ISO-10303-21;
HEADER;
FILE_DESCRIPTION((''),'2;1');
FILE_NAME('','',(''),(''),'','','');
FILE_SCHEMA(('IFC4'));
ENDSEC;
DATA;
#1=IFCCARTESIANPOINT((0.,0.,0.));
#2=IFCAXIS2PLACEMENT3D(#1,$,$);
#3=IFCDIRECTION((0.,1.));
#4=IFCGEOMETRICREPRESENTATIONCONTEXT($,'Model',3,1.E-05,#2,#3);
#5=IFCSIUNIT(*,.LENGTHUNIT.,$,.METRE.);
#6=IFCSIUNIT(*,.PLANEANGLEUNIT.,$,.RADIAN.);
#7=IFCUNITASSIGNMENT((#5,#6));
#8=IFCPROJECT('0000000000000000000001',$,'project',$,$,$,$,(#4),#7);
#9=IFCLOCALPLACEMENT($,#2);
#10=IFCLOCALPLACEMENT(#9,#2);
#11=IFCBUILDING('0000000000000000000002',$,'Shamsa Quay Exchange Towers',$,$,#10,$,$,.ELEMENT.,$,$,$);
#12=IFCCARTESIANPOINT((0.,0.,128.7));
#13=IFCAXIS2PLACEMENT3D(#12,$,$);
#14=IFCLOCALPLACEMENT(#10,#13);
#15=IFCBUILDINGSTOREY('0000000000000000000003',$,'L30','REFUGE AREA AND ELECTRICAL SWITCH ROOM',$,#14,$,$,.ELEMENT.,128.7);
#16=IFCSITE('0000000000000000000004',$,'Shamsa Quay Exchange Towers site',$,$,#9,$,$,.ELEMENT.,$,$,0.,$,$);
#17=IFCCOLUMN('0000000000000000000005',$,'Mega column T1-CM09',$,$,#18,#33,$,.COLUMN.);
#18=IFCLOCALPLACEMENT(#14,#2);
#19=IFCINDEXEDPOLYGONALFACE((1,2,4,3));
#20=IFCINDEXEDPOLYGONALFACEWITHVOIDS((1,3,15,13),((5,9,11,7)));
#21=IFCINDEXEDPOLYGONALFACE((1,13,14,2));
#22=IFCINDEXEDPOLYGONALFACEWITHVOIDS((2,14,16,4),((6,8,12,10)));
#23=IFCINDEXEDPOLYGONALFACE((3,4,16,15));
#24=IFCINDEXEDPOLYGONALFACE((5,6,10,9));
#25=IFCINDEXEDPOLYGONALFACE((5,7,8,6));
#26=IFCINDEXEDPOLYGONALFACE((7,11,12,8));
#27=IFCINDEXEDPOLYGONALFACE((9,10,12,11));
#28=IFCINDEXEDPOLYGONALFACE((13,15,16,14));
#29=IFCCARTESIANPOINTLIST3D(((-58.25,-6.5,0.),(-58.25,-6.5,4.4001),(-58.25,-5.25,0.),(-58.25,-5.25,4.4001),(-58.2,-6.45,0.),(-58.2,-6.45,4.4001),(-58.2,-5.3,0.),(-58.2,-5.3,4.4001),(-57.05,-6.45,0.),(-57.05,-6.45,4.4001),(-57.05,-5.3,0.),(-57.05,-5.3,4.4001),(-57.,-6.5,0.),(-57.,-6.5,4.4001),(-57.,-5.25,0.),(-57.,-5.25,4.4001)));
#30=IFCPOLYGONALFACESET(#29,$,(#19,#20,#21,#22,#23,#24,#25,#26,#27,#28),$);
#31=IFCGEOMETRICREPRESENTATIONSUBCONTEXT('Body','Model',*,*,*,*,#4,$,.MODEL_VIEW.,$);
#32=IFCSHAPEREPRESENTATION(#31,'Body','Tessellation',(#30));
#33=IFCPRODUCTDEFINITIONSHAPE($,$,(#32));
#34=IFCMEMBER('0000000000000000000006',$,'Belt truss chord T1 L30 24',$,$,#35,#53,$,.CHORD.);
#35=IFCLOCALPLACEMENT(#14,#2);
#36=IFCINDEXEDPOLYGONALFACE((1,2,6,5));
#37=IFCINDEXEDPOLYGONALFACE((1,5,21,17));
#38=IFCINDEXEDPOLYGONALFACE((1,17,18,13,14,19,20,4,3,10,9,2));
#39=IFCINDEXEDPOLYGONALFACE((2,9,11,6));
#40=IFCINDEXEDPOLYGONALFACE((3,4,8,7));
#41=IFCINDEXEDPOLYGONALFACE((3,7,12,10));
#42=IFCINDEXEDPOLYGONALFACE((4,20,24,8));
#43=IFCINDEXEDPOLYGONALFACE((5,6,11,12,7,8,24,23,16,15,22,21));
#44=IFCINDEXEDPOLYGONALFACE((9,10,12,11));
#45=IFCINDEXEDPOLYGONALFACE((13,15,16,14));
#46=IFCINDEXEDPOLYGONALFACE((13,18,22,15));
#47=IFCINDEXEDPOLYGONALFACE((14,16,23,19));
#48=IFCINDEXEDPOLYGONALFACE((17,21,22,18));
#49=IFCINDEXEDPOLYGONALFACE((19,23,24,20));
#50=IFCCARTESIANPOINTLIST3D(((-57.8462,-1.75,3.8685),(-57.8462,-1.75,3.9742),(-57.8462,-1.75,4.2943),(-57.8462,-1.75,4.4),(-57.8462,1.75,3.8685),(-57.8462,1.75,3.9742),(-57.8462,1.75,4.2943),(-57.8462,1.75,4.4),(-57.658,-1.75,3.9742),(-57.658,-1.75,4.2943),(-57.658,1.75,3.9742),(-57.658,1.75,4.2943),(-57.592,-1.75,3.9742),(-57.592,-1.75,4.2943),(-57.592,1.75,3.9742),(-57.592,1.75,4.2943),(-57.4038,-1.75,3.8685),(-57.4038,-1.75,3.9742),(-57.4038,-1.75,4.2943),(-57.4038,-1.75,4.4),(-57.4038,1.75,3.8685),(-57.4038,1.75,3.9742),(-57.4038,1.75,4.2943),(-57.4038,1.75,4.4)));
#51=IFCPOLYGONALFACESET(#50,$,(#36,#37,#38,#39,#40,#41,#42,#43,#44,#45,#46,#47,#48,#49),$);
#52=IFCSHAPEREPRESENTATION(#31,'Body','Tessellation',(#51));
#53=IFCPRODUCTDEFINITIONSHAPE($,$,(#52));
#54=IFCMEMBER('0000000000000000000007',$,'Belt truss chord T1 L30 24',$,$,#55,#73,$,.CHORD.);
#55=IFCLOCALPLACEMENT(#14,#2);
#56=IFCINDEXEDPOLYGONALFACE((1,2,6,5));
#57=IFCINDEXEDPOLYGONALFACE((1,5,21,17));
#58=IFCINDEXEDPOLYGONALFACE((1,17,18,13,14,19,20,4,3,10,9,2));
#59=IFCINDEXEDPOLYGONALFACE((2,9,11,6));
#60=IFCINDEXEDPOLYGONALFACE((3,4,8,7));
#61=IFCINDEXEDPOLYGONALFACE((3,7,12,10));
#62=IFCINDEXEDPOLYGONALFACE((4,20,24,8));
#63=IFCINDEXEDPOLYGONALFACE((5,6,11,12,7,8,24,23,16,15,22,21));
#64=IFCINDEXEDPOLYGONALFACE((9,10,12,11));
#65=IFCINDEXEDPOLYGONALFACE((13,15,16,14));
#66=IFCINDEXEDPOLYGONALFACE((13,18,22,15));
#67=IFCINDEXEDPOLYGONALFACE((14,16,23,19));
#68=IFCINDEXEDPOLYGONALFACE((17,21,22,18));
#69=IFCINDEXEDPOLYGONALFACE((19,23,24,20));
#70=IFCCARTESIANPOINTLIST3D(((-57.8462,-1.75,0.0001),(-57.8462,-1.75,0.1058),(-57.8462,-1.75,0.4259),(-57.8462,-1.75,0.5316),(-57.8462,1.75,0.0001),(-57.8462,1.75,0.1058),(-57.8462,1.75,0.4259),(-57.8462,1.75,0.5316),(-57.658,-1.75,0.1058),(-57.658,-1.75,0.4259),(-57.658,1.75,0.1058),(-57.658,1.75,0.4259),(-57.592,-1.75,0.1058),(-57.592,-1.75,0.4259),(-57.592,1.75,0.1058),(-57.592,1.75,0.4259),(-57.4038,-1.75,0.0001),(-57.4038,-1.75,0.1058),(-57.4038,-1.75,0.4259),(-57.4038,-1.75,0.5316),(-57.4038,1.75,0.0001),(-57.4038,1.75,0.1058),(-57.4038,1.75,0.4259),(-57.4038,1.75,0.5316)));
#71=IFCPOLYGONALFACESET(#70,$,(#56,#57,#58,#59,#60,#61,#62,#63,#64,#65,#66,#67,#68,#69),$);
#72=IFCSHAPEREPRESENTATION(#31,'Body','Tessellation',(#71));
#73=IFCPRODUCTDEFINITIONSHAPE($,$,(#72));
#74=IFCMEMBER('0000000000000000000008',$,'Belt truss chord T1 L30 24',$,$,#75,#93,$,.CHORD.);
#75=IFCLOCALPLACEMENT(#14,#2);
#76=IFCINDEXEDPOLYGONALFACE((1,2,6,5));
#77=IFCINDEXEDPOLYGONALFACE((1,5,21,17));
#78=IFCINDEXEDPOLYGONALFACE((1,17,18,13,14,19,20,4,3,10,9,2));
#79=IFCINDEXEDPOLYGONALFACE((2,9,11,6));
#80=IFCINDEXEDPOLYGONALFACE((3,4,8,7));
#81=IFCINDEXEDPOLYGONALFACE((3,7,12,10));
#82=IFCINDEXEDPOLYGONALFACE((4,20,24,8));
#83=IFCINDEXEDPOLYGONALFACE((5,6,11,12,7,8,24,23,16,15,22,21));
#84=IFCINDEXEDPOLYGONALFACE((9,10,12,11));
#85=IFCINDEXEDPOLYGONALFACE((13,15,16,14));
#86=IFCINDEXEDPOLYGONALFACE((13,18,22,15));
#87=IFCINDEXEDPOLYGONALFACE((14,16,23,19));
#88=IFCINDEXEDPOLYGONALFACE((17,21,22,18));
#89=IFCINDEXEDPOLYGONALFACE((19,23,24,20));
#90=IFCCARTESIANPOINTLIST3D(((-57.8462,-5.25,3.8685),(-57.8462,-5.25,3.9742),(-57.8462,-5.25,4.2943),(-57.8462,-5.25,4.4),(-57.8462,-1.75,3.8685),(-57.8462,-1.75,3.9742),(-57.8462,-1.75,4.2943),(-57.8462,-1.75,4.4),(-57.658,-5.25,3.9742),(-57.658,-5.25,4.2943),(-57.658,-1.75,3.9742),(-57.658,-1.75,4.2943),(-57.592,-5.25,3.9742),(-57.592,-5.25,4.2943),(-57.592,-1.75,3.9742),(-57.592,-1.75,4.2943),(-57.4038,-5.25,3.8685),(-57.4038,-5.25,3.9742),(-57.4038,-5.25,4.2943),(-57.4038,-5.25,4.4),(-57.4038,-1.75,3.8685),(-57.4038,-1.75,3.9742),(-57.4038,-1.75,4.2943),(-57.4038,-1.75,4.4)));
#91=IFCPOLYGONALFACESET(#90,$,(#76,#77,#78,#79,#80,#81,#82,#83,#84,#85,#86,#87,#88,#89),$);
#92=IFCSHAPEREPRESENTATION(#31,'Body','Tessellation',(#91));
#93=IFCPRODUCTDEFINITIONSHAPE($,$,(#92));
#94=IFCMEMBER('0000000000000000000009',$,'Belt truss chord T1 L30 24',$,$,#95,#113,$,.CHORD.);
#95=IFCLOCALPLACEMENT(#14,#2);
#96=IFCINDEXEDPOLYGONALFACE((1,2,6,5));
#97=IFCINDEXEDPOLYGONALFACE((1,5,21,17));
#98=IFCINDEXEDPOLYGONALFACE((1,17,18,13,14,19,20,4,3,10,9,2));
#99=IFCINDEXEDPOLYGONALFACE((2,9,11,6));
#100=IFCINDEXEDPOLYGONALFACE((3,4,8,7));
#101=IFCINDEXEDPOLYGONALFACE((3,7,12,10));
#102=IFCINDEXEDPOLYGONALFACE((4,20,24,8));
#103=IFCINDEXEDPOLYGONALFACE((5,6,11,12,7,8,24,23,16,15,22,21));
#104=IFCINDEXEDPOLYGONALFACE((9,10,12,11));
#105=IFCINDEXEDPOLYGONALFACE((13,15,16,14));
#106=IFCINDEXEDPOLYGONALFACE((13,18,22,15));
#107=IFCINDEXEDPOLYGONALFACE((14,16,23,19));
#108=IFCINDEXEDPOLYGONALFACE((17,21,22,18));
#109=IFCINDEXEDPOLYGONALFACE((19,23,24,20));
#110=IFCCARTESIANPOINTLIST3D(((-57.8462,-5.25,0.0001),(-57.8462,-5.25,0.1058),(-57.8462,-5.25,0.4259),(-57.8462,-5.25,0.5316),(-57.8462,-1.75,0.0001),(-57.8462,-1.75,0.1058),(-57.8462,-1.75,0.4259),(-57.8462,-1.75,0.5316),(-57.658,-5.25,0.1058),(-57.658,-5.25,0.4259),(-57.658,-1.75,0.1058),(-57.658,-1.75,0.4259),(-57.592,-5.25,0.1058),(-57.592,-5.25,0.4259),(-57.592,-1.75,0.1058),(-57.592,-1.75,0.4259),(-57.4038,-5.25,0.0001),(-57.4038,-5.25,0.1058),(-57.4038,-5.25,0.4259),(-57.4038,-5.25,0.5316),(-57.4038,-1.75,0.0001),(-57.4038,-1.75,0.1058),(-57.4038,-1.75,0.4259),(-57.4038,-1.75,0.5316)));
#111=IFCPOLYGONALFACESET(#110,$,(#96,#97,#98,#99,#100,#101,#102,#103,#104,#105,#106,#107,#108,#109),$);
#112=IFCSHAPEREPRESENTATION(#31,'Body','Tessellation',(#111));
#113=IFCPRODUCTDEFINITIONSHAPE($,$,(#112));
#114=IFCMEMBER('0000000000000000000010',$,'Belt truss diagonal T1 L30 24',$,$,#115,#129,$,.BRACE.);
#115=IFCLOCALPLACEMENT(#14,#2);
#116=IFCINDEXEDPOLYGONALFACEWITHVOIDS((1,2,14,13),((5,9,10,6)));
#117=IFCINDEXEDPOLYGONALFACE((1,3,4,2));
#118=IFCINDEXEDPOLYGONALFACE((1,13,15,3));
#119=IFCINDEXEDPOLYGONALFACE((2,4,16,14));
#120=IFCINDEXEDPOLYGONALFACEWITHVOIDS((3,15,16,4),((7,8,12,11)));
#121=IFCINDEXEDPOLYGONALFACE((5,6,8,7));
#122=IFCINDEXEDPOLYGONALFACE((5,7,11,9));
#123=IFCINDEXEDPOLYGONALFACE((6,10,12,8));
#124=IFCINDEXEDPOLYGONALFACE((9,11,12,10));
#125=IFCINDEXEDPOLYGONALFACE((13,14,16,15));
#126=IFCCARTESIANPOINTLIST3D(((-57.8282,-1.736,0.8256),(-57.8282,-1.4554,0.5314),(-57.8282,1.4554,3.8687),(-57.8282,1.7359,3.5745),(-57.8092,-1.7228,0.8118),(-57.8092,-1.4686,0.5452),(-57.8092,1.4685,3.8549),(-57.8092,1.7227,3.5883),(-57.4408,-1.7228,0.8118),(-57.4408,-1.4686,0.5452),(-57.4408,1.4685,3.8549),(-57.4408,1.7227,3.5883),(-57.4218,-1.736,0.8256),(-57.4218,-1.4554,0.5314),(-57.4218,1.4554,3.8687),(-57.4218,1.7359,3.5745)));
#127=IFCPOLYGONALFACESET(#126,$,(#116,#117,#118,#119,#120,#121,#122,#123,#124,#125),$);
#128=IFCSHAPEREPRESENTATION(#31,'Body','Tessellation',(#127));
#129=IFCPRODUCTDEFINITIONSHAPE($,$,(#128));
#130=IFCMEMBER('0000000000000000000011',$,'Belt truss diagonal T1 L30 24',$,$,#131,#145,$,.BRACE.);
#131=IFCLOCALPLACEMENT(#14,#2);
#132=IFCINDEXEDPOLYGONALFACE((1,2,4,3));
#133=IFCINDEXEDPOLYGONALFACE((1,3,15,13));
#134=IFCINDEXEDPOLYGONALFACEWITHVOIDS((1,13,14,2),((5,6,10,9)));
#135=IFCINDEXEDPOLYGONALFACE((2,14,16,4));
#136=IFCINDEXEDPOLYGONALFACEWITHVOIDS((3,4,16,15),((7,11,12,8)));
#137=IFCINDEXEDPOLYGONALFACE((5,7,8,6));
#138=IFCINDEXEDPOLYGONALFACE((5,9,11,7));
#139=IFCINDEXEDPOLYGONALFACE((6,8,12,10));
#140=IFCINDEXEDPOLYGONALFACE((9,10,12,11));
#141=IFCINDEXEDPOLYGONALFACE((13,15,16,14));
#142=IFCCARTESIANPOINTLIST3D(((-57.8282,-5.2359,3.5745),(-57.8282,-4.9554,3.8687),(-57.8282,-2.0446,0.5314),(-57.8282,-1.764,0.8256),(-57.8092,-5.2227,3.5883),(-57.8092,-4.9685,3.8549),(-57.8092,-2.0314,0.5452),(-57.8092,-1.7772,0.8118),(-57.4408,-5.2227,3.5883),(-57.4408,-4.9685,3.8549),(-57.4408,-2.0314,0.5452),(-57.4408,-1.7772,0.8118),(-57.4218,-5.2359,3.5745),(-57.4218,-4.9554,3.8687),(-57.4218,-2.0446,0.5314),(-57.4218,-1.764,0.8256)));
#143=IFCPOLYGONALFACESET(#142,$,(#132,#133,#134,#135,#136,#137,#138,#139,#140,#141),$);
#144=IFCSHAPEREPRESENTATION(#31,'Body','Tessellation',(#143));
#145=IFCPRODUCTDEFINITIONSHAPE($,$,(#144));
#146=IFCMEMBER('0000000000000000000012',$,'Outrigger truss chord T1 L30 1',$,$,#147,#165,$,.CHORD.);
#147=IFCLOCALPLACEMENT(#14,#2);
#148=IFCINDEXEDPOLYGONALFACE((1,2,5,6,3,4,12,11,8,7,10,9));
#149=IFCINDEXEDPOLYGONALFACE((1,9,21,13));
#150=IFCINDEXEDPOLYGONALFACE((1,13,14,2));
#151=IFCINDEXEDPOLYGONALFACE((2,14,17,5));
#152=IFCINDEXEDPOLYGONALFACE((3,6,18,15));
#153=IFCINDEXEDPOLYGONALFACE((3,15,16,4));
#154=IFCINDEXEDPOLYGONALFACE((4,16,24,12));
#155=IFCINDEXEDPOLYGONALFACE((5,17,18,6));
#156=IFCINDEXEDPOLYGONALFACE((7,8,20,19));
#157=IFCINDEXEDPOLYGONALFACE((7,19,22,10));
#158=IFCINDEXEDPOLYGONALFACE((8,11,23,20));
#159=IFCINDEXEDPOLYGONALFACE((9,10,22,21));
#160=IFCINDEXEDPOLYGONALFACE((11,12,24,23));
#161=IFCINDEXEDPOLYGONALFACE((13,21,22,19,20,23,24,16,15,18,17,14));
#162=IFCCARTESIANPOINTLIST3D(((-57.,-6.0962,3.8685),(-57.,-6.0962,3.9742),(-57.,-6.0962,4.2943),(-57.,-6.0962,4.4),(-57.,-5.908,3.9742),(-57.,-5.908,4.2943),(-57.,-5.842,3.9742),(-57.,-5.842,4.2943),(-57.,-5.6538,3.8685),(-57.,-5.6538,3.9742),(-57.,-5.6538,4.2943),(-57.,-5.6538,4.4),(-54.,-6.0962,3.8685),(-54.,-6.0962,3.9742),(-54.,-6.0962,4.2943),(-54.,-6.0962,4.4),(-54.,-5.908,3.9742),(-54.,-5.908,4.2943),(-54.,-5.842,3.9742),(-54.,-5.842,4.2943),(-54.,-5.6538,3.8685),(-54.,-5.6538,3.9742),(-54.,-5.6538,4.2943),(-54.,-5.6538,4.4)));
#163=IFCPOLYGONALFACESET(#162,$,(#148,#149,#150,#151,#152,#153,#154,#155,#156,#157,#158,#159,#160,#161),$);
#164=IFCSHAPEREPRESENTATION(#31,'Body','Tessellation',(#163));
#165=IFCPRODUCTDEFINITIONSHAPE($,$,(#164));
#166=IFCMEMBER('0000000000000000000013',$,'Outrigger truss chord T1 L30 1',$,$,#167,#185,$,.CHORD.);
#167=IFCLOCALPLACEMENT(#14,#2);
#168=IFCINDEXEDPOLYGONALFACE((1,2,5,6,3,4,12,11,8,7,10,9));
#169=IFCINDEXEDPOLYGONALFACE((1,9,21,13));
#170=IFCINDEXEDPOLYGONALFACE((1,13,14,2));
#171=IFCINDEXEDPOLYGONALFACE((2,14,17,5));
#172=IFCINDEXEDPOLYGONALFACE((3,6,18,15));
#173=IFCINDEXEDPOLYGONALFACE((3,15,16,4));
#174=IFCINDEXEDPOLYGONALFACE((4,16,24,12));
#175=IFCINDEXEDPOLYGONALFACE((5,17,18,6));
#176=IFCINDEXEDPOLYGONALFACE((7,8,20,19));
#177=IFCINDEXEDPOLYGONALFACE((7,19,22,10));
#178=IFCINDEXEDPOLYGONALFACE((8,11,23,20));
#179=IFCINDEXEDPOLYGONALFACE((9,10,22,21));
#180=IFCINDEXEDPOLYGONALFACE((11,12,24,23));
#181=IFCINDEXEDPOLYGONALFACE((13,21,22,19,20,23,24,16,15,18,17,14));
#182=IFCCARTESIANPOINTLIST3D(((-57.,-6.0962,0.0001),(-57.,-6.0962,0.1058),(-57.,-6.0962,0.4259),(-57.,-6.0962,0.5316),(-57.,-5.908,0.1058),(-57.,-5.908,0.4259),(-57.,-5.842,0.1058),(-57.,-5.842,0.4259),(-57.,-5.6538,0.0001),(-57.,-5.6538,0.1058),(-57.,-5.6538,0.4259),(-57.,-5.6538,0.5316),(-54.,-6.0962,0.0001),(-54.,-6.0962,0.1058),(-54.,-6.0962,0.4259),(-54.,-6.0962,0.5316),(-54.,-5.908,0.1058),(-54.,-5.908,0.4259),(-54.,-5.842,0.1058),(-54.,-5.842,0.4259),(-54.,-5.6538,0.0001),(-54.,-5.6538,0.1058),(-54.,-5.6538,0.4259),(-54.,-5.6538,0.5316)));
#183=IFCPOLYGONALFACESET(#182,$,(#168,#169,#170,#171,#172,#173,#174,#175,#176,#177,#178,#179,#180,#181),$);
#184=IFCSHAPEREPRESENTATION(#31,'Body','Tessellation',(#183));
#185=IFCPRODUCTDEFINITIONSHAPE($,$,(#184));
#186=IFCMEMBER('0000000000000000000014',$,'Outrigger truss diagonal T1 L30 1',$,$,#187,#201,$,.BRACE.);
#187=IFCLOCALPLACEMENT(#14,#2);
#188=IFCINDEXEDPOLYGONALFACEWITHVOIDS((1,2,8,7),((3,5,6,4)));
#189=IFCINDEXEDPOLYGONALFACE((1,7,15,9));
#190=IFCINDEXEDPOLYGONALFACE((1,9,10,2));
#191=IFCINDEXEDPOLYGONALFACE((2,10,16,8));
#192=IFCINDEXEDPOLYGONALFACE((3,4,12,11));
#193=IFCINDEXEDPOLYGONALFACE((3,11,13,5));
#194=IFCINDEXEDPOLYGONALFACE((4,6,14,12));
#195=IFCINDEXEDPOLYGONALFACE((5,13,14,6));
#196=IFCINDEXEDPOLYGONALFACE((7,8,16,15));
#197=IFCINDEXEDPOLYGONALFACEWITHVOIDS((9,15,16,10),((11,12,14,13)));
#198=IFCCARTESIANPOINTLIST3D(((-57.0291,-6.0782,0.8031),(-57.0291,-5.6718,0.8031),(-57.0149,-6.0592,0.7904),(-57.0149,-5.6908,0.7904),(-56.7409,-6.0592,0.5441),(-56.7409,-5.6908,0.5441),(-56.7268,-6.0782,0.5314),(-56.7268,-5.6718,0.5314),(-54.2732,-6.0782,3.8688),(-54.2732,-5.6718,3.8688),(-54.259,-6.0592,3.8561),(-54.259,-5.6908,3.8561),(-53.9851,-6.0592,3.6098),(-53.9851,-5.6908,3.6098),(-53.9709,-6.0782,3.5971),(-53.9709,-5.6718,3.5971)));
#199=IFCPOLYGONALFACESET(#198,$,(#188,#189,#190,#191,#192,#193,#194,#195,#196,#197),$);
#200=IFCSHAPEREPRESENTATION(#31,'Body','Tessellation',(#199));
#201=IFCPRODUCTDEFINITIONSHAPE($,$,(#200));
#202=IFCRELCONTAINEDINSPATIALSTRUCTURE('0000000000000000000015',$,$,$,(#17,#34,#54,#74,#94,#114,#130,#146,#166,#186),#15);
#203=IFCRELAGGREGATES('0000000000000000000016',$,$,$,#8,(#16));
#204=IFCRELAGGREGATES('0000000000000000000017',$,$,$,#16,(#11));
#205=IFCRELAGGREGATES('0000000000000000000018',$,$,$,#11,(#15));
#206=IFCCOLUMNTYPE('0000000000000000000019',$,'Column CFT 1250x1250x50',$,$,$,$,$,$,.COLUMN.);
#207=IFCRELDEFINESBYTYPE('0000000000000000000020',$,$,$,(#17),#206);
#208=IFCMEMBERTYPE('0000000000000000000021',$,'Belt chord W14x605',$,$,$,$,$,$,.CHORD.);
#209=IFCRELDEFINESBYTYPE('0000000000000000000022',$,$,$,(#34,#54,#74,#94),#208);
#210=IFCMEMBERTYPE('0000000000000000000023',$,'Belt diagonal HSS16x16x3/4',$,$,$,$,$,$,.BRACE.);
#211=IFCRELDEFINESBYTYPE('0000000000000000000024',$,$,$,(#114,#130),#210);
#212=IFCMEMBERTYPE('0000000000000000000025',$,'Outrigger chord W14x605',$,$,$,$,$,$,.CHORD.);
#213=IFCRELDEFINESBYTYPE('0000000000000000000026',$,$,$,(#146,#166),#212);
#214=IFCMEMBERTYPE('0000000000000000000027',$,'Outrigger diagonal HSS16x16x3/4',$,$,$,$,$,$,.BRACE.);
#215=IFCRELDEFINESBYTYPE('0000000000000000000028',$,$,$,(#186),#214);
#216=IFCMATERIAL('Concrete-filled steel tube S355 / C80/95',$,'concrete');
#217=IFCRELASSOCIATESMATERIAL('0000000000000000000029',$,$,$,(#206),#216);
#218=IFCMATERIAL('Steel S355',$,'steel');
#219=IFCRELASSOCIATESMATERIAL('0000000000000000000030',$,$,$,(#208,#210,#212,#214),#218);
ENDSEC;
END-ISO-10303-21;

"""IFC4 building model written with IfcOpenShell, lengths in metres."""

from ifc_helpers import new_model, si_unit, direction, frame, origin, origin_2d, place, context, subcontext, project, spatial, hollow_rectangle, i_section, extrude, material, material_profile, profile_set, type_object, element, save


model = new_model("IFC4")

# Units and contexts
model_context = context("Model", 3, precision=1e-05, world=origin(), true_north=direction((0.0, 1.0)))
body_context = subcontext(model_context, "Body", "Model", "MODEL_VIEW")
ifc_project = project(units=[si_unit("LENGTHUNIT", "METRE"), si_unit("PLANEANGLEUNIT", "RADIAN")], contexts=[model_context])

# Site, building, storey
site_placement = place(None, origin())
site = spatial("IfcSite", under=ifc_project, at=site_placement, Name="Shamsa Quay Exchange Towers site", CompositionType="ELEMENT", RefElevation=0.0)
building_placement = place(site_placement, origin())
building = spatial("IfcBuilding", under=site, at=building_placement, Name="Shamsa Quay Exchange Towers", CompositionType="ELEMENT")
storey_placement = place(building_placement, frame((0.0, 0.0, 128.7)))
storey = spatial("IfcBuildingStorey", under=building, at=storey_placement, Name="L30", Description="REFUGE AREA AND ELECTRICAL SWITCH ROOM", CompositionType="ELEMENT", Elevation=128.7)

# Column
ifc_material_1 = material(Name="Concrete-filled steel tube S355 / C80/95", Category="concrete")
ifc_material_profile_1 = material_profile(ifc_material_1, hollow_rectangle(XDim=1.25, YDim=1.25, WallThickness=0.05, at=origin_2d()), Name="CFT 1250x1250x50")
ifc_profile_set_1 = profile_set([ifc_material_profile_1], Name="Concrete-filled steel tube S355 / C80/95")
column_type = type_object("IfcColumnType", Name="Column CFT 1250x1250x50", PredefinedType="COLUMN", material=ifc_profile_set_1)
column_placement = place(storey_placement, frame((-57.625, -5.875, 0.0)))
element("IfcColumn", 1, at=column_placement, inside=storey, type_object=column_type, Name="Mega column T1-CM09", PredefinedType="COLUMN", context=body_context, shape_type="SweptSolid", body=[
    extrude(hollow_rectangle(XDim=1.25, YDim=1.25, WallThickness=0.05, at=origin_2d()), origin(), (0.0, 0.0, 1.0), 4.4001),
])

# Members
ifc_material_2 = material(Name="Steel S355", Category="steel")
ifc_material_profile_2 = material_profile(ifc_material_2, i_section(OverallWidth=0.4424, OverallDepth=0.5315, WebThickness=0.0659, FlangeThickness=0.1057, at=origin_2d()), Name="W14x605")
ifc_profile_set_2 = profile_set([ifc_material_profile_2], Name="Steel S355")
member_type_1 = type_object("IfcMemberType", Name="Belt chord W14x605", PredefinedType="CHORD", material=ifc_profile_set_2)
for number, where, z_axis, x_axis, name in (
    (2, (-57.625, 1.75, 4.1343), (0.0, -1.0, 0.0), (1.0, 0.0, 0.0), "Belt truss chord T1 L30 24"),
    (3, (-57.625, 1.75, 0.2659), (0.0, -1.0, 0.0), (1.0, 0.0, 0.0), "Belt truss chord T1 L30 24"),
    (4, (-57.625, -1.75, 4.1343), (0.0, -1.0, 0.0), (1.0, 0.0, 0.0), "Belt truss chord T1 L30 24"),
    (5, (-57.625, -1.75, 0.2659), (0.0, -1.0, 0.0), (1.0, 0.0, 0.0), "Belt truss chord T1 L30 24"),
):
    element("IfcMember", number, at=place(storey_placement, frame(where, z_axis=z_axis, x_axis=x_axis)), inside=storey, type_object=member_type_1, Name=name, PredefinedType="CHORD", context=body_context, shape_type="SweptSolid", body=[
        extrude(i_section(OverallWidth=0.4424, OverallDepth=0.5315, WebThickness=0.0659, FlangeThickness=0.1057, at=origin_2d()), origin(), (0.0, 0.0, 1.0), 3.5),
    ])
ifc_material_profile_3 = material_profile(ifc_material_2, hollow_rectangle(XDim=0.4065, YDim=0.4065, WallThickness=0.019, at=origin_2d()), Name="HSS16x16x3/4")
ifc_profile_set_3 = profile_set([ifc_material_profile_3], Name="Steel S355")
member_type_2 = type_object("IfcMemberType", Name="Belt diagonal HSS16x16x3/4", PredefinedType="BRACE", material=ifc_profile_set_3)
for number, where, z_axis, x_axis, name in (
    (6, (-57.625, -1.5957, 0.6785), (0.0, 0.72371, 0.690104), (-1.0, 0.0, 0.0), "Belt truss diagonal T1 L30 24"),
    (7, (-57.625, -1.9043, 0.6785), (0.0, -0.72371, 0.690104), (1.0, 0.0, 0.0), "Belt truss diagonal T1 L30 24"),
):
    element("IfcMember", number, at=place(storey_placement, frame(where, z_axis=z_axis, x_axis=x_axis)), inside=storey, type_object=member_type_2, Name=name, PredefinedType="BRACE", context=body_context, shape_type="SweptSolid", body=[
        extrude(hollow_rectangle(XDim=0.4065, YDim=0.4065, WallThickness=0.019, at=origin_2d()), origin(), (0.0, 0.0, 1.0), 4.4097),
    ])
ifc_material_profile_4 = material_profile(ifc_material_2, i_section(OverallWidth=0.4424, OverallDepth=0.5315, WebThickness=0.0659, FlangeThickness=0.1057, at=origin_2d()), Name="W14x605")
ifc_profile_set_4 = profile_set([ifc_material_profile_4], Name="Steel S355")
member_type_3 = type_object("IfcMemberType", Name="Outrigger chord W14x605", PredefinedType="CHORD", material=ifc_profile_set_4)
for number, where, z_axis, x_axis, name in (
    (8, (-57.0, -5.875, 4.1343), (1.0, 0.0, 0.0), (0.0, 1.0, 0.0), "Outrigger truss chord T1 L30 1"),
    (9, (-57.0, -5.875, 0.2659), (1.0, 0.0, 0.0), (0.0, 1.0, 0.0), "Outrigger truss chord T1 L30 1"),
):
    element("IfcMember", number, at=place(storey_placement, frame(where, z_axis=z_axis, x_axis=x_axis)), inside=storey, type_object=member_type_3, Name=name, PredefinedType="CHORD", context=body_context, shape_type="SweptSolid", body=[
        extrude(i_section(OverallWidth=0.4424, OverallDepth=0.5315, WebThickness=0.0659, FlangeThickness=0.1057, at=origin_2d()), origin(), (0.0, 0.0, 1.0), 3.0),
    ])
ifc_material_profile_5 = material_profile(ifc_material_2, hollow_rectangle(XDim=0.4065, YDim=0.4065, WallThickness=0.019, at=origin_2d()), Name="HSS16x16x3/4")
ifc_profile_set_5 = profile_set([ifc_material_profile_5], Name="Steel S355")
member_type_4 = type_object("IfcMemberType", Name="Outrigger diagonal HSS16x16x3/4", PredefinedType="BRACE", material=ifc_profile_set_5)
member_placement = place(storey_placement, frame((-56.8779, -5.875, 0.6672), z_axis=(0.668529, 0.0, 0.743686), x_axis=(0.0, 1.0, 0.0)))
element("IfcMember", 10, at=member_placement, inside=storey, type_object=member_type_4, Name="Outrigger truss diagonal T1 L30 1", PredefinedType="BRACE", context=body_context, shape_type="SweptSolid", body=[
    extrude(hollow_rectangle(XDim=0.4065, YDim=0.4065, WallThickness=0.019, at=origin_2d()), origin(), (0.0, 0.0, 1.0), 4.1223),
])

save(model, "model.ifc")
